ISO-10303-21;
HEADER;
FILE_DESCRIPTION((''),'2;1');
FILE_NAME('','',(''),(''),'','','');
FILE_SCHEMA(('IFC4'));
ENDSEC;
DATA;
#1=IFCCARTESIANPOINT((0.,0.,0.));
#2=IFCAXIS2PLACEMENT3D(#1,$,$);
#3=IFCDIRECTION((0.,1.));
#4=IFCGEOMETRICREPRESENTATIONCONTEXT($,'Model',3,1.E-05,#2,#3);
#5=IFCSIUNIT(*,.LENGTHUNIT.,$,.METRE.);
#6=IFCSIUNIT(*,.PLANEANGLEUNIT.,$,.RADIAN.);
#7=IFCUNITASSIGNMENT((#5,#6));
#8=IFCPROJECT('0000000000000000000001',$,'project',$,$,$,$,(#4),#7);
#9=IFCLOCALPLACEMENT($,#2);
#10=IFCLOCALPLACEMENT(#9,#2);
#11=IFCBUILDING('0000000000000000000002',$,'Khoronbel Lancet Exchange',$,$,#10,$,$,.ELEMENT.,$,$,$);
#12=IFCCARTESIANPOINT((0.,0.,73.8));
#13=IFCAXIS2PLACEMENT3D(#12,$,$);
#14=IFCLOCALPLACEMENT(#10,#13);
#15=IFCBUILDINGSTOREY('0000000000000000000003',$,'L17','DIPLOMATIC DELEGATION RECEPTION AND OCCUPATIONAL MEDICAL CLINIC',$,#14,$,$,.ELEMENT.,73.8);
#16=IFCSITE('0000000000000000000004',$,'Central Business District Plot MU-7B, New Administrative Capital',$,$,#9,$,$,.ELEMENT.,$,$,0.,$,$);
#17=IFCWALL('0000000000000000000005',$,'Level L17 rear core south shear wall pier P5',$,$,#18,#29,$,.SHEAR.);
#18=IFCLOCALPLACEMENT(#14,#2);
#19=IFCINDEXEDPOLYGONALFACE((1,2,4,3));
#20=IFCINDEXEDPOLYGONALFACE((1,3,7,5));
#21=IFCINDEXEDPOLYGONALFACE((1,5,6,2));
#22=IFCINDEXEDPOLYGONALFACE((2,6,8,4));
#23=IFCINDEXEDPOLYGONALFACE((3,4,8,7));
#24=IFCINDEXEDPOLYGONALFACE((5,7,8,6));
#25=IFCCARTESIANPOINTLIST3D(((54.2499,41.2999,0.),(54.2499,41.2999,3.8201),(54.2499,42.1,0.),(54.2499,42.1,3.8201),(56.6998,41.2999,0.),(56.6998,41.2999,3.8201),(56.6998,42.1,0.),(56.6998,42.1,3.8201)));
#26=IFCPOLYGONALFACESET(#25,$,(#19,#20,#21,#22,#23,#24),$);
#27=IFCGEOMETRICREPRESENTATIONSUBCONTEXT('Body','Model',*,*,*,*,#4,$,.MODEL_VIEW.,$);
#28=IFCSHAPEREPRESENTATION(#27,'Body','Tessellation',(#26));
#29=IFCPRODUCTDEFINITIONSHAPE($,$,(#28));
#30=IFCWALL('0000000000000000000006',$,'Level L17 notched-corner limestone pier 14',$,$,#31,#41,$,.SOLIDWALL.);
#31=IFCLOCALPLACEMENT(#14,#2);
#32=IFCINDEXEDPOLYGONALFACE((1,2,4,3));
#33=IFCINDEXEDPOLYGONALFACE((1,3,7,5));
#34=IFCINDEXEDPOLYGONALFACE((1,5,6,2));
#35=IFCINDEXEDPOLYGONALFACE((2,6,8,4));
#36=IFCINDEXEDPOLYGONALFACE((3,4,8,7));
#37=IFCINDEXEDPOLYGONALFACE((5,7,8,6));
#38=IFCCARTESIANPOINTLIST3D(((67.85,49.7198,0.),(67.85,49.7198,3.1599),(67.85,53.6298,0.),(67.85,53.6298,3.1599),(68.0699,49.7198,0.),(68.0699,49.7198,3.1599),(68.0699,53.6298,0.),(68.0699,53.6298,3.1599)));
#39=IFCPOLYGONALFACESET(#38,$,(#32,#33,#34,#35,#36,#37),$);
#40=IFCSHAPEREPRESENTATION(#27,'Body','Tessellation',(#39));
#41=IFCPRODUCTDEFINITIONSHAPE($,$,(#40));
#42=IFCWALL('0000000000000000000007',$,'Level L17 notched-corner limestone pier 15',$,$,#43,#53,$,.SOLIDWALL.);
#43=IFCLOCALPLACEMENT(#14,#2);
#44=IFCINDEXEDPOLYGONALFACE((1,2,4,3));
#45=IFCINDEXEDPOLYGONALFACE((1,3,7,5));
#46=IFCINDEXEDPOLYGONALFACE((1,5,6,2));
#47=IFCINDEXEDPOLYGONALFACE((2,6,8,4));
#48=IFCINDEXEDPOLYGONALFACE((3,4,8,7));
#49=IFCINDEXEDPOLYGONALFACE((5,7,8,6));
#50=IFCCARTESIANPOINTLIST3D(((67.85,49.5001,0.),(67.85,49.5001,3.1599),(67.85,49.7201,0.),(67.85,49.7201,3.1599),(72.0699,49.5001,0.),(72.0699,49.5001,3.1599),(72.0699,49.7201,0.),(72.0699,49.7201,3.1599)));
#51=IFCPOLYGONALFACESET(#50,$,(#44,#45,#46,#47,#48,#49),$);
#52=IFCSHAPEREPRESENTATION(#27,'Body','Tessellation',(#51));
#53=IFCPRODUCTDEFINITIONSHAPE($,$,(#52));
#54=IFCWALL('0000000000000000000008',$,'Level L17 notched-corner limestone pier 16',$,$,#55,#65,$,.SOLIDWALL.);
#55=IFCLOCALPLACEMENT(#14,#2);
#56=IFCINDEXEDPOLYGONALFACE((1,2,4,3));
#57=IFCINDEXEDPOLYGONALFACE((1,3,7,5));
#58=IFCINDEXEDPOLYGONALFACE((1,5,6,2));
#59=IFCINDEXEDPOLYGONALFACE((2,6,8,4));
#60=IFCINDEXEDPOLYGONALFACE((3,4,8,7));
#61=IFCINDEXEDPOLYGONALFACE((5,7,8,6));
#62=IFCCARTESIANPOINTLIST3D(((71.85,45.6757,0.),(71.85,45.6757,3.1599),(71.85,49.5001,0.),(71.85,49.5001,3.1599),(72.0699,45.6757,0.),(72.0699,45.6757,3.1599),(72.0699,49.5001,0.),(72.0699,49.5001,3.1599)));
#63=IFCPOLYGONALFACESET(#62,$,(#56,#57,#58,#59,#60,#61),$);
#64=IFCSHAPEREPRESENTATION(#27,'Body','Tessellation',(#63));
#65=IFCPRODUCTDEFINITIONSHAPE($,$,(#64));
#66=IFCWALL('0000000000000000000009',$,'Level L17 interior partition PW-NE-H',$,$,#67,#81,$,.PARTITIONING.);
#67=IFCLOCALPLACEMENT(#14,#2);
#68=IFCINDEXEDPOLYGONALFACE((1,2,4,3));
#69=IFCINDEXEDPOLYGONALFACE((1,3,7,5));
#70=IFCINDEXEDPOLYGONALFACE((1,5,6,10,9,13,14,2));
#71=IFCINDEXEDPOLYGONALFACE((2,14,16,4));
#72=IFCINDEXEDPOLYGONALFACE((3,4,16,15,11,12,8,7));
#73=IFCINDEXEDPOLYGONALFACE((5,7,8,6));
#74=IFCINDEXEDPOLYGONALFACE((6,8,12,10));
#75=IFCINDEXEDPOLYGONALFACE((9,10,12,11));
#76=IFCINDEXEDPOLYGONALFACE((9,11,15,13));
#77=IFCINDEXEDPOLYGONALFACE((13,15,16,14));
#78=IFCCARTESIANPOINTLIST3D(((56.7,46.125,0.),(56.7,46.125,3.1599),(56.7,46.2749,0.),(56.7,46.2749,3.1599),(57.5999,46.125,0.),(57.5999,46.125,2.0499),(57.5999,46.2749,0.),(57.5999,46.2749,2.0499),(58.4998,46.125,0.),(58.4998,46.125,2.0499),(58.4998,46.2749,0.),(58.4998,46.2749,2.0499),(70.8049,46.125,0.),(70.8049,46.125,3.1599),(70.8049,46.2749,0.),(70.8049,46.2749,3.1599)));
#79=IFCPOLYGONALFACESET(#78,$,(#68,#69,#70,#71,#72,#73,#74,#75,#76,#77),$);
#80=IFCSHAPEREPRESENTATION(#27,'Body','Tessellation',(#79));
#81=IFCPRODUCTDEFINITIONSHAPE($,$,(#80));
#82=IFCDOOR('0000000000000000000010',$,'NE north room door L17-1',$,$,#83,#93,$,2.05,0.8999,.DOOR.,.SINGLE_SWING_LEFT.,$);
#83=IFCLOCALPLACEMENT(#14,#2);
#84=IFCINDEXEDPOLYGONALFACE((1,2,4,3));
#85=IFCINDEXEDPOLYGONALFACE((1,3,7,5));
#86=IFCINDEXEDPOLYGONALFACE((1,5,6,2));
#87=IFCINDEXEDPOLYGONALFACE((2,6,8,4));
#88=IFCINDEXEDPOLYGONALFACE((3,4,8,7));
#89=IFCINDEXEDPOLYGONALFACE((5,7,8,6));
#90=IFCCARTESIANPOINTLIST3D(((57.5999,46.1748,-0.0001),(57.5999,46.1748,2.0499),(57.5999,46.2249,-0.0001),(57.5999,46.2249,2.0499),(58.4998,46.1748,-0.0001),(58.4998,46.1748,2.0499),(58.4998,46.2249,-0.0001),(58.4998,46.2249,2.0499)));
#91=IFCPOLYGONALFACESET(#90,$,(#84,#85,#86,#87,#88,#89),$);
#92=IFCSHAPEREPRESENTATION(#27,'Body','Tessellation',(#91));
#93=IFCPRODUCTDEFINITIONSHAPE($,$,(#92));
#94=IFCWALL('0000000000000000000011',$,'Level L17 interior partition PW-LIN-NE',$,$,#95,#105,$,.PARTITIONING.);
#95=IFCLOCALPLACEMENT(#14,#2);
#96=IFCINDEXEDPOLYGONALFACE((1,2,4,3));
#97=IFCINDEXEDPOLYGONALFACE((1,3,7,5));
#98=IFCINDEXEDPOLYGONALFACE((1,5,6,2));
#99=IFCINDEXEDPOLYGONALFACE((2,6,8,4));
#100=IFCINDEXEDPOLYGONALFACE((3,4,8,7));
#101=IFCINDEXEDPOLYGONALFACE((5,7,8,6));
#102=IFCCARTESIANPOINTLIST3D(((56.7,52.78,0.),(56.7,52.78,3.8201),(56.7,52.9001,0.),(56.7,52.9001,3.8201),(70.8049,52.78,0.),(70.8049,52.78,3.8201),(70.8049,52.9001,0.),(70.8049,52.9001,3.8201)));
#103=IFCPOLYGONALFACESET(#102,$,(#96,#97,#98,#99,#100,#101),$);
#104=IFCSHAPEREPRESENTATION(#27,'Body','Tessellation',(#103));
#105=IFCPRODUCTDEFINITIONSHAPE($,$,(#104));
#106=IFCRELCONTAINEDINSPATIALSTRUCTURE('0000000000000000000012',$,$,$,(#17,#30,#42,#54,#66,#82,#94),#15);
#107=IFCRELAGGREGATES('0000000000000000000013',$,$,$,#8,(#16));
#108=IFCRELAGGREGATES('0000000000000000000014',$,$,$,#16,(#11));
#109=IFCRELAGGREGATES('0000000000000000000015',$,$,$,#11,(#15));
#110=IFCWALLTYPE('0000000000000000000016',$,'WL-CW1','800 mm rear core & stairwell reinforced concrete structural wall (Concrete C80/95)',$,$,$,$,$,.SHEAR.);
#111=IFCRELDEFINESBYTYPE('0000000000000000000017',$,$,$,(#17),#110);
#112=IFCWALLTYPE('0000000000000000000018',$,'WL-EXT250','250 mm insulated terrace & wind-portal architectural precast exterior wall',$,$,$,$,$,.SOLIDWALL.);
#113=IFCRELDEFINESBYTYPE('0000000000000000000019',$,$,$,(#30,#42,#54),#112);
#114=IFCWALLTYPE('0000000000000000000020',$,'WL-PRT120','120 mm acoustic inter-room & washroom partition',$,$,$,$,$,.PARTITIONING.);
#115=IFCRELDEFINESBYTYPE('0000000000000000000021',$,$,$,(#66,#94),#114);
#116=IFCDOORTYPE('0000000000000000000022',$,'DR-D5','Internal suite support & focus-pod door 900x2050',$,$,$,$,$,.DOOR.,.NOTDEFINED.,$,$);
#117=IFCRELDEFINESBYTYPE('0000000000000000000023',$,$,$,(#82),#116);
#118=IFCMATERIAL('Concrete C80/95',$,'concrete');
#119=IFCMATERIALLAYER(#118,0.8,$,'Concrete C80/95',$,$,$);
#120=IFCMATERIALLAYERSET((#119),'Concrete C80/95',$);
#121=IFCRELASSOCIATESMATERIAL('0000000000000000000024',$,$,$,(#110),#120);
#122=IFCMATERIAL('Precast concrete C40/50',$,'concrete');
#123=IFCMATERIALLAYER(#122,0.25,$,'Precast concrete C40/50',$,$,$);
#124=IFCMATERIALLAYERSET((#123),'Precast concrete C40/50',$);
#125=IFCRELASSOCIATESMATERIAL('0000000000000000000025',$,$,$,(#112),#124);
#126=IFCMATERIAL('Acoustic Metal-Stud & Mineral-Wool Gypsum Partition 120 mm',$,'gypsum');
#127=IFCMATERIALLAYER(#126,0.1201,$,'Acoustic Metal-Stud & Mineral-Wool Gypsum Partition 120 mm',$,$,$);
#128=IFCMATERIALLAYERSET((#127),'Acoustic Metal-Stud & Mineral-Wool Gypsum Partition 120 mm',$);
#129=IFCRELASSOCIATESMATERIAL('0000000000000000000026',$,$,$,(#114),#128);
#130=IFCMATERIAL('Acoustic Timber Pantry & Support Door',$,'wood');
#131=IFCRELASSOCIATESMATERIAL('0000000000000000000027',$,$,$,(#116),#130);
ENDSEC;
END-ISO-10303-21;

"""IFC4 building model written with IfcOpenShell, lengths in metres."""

from ifc_helpers import new_model, si_unit, direction, frame, frame_2d, origin, place, context, subcontext, project, spatial, rectangle, extrude, material, layer, layer_set, type_object, element, fill, save


model = new_model("IFC4")

# Units and contexts
model_context = context("Model", 3, precision=1e-05, world=origin(), true_north=direction((0.0, 1.0)))
body_context = subcontext(model_context, "Body", "Model", "MODEL_VIEW")
ifc_project = project(units=[si_unit("LENGTHUNIT", "METRE"), si_unit("PLANEANGLEUNIT", "RADIAN")], contexts=[model_context])

# Site, building, storey
site_placement = place(None, origin())
site = spatial("IfcSite", under=ifc_project, at=site_placement, Name="Central Business District Plot MU-7B, New Administrative Capital", CompositionType="ELEMENT", RefElevation=0.0)
building_placement = place(site_placement, origin())
building = spatial("IfcBuilding", under=site, at=building_placement, Name="Khoronbel Lancet Exchange", CompositionType="ELEMENT")
storey_placement = place(building_placement, frame((0.0, 0.0, 73.8)))
storey = spatial("IfcBuildingStorey", under=building, at=storey_placement, Name="L17", Description="DIPLOMATIC DELEGATION RECEPTION AND OCCUPATIONAL MEDICAL CLINIC", CompositionType="ELEMENT", Elevation=73.8)

# Walls
ifc_material_1 = material(Name="Concrete C80/95", Category="concrete")
ifc_layer_1 = layer(ifc_material_1, 0.8, Name="Concrete C80/95")
ifc_layer_set_1 = layer_set([ifc_layer_1], Name="Concrete C80/95")
wall_type_1 = type_object("IfcWallType", Name="WL-CW1", Description="800 mm rear core & stairwell reinforced concrete structural wall (Concrete C80/95)", PredefinedType="SHEAR", material=ifc_layer_set_1)
wall_1_placement = place(storey_placement, frame((56.7, 41.7, 0.0), z_axis=(0.0, 0.0, 1.0), x_axis=(-1.0, 0.0, 0.0)))
element("IfcWall", 1, at=wall_1_placement, inside=storey, type_object=wall_type_1, Name="Level L17 rear core south shear wall pier P5", PredefinedType="SHEAR", context=body_context, shape_type="SweptSolid", body=[
    extrude(rectangle(XDim=2.45, YDim=0.8, at=frame_2d((1.2251, 0.0))), origin(), (0.0, 0.0, 1.0), 3.8201),
])
ifc_material_2 = material(Name="Precast concrete C40/50", Category="concrete")
ifc_layer_2 = layer(ifc_material_2, 0.25, Name="Precast concrete C40/50")
ifc_layer_set_2 = layer_set([ifc_layer_2], Name="Precast concrete C40/50")
wall_type_2 = type_object("IfcWallType", Name="WL-EXT250", Description="250 mm insulated terrace & wind-portal architectural precast exterior wall", PredefinedType="SOLIDWALL", material=ifc_layer_set_2)
wall_2_placement = place(storey_placement, frame((67.96, 53.6299, 0.0), z_axis=(0.0, 0.0, 1.0), x_axis=(0.0, -1.0, 0.0)))
element("IfcWall", 2, at=wall_2_placement, inside=storey, type_object=wall_type_2, Name="Level L17 notched-corner limestone pier 14", PredefinedType="SOLIDWALL", context=body_context, shape_type="SweptSolid", body=[
    extrude(rectangle(XDim=3.9099, YDim=0.22, at=frame_2d((1.9551, 0.0))), origin(), (0.0, 0.0, 1.0), 3.1599),
])
wall_3_placement = place(storey_placement, frame((67.8501, 49.6101, 0.0), z_axis=(0.0, 0.0, 1.0), x_axis=(1.0, 0.0, 0.0)))
element("IfcWall", 3, at=wall_3_placement, inside=storey, type_object=wall_type_2, Name="Level L17 notched-corner limestone pier 15", PredefinedType="SOLIDWALL", context=body_context, shape_type="SweptSolid", body=[
    extrude(rectangle(XDim=4.22, YDim=0.22, at=frame_2d((2.1099, 0.0))), origin(), (0.0, 0.0, 1.0), 3.1599),
])
wall_4_placement = place(storey_placement, frame((71.96, 49.5, 0.0), z_axis=(0.0, 0.0, 1.0), x_axis=(0.0, -1.0, 0.0)))
element("IfcWall", 4, at=wall_4_placement, inside=storey, type_object=wall_type_2, Name="Level L17 notched-corner limestone pier 16", PredefinedType="SOLIDWALL", context=body_context, shape_type="SweptSolid", body=[
    extrude(rectangle(XDim=3.8245, YDim=0.22, at=frame_2d((1.9121, 0.0))), origin(), (0.0, 0.0, 1.0), 3.1599),
])

# Wall, opening, door
ifc_material_3 = material(Name="Acoustic Metal-Stud & Mineral-Wool Gypsum Partition 120 mm", Category="gypsum")
ifc_layer_3 = layer(ifc_material_3, 0.1201, Name="Acoustic Metal-Stud & Mineral-Wool Gypsum Partition 120 mm")
ifc_layer_set_3 = layer_set([ifc_layer_3], Name="Acoustic Metal-Stud & Mineral-Wool Gypsum Partition 120 mm")
wall_type_3 = type_object("IfcWallType", Name="WL-PRT120", Description="120 mm acoustic inter-room & washroom partition", PredefinedType="PARTITIONING", material=ifc_layer_set_3)
wall_5_placement = place(storey_placement, frame((56.7, 46.2, 0.0), z_axis=(0.0, 0.0, 1.0), x_axis=(1.0, 0.0, 0.0)))
wall_5 = element("IfcWall", 5, at=wall_5_placement, inside=storey, type_object=wall_type_3, Name="Level L17 interior partition PW-NE-H", PredefinedType="PARTITIONING", context=body_context, shape_type="SweptSolid", body=[
    extrude(rectangle(XDim=14.105, YDim=0.1499, at=frame_2d((7.0525, 0.0))), origin(), (0.0, 0.0, 1.0), 3.1599),
])
opening_placement = place(wall_5_placement, frame((0.8999, 0.0, 0.0)))
opening = element("IfcOpeningElement", 6, at=opening_placement, cuts=wall_5, PredefinedType="OPENING", context=body_context, shape_type="SweptSolid", body=[
    extrude(rectangle(XDim=0.8999, YDim=2.05, at=frame_2d((0.45, 1.0249))), frame((0.0, 0.085, 0.0), z_axis=(0.0, -1.0, 0.0), x_axis=(1.0, 0.0, 0.0)), (0.0, 0.0, 1.0), 0.1699),
])
ifc_material_4 = material(Name="Acoustic Timber Pantry & Support Door", Category="wood")
door_type = type_object("IfcDoorType", Name="DR-D5", Description="Internal suite support & focus-pod door 900x2050", OperationType="NOTDEFINED", PredefinedType="DOOR", material=ifc_material_4)
door_placement = place(opening_placement, origin())
door = element("IfcDoor", 7, at=door_placement, inside=storey, type_object=door_type, Name="NE north room door L17-1", OperationType="SINGLE_SWING_LEFT", OverallHeight=2.05, OverallWidth=0.8999, PredefinedType="DOOR", context=body_context, shape_type="SweptSolid", body=[
    extrude(rectangle(XDim=0.8999, YDim=2.05, at=frame_2d((0.45, 1.0249))), frame((0.0, 0.0249, 0.0), z_axis=(0.0, -1.0, 0.0), x_axis=(1.0, 0.0, 0.0)), (0.0, 0.0, 1.0), 0.05),
])
fill(opening, door)

# Wall
wall_6_placement = place(storey_placement, frame((56.7, 52.8401, 0.0), z_axis=(0.0, 0.0, 1.0), x_axis=(1.0, 0.0, 0.0)))
element("IfcWall", 8, at=wall_6_placement, inside=storey, type_object=wall_type_3, Name="Level L17 interior partition PW-LIN-NE", PredefinedType="PARTITIONING", context=body_context, shape_type="SweptSolid", body=[
    extrude(rectangle(XDim=14.105, YDim=0.1201, at=frame_2d((7.0525, 0.0))), origin(), (0.0, 0.0, 1.0), 3.8201),
])

save(model, "model.ifc")
